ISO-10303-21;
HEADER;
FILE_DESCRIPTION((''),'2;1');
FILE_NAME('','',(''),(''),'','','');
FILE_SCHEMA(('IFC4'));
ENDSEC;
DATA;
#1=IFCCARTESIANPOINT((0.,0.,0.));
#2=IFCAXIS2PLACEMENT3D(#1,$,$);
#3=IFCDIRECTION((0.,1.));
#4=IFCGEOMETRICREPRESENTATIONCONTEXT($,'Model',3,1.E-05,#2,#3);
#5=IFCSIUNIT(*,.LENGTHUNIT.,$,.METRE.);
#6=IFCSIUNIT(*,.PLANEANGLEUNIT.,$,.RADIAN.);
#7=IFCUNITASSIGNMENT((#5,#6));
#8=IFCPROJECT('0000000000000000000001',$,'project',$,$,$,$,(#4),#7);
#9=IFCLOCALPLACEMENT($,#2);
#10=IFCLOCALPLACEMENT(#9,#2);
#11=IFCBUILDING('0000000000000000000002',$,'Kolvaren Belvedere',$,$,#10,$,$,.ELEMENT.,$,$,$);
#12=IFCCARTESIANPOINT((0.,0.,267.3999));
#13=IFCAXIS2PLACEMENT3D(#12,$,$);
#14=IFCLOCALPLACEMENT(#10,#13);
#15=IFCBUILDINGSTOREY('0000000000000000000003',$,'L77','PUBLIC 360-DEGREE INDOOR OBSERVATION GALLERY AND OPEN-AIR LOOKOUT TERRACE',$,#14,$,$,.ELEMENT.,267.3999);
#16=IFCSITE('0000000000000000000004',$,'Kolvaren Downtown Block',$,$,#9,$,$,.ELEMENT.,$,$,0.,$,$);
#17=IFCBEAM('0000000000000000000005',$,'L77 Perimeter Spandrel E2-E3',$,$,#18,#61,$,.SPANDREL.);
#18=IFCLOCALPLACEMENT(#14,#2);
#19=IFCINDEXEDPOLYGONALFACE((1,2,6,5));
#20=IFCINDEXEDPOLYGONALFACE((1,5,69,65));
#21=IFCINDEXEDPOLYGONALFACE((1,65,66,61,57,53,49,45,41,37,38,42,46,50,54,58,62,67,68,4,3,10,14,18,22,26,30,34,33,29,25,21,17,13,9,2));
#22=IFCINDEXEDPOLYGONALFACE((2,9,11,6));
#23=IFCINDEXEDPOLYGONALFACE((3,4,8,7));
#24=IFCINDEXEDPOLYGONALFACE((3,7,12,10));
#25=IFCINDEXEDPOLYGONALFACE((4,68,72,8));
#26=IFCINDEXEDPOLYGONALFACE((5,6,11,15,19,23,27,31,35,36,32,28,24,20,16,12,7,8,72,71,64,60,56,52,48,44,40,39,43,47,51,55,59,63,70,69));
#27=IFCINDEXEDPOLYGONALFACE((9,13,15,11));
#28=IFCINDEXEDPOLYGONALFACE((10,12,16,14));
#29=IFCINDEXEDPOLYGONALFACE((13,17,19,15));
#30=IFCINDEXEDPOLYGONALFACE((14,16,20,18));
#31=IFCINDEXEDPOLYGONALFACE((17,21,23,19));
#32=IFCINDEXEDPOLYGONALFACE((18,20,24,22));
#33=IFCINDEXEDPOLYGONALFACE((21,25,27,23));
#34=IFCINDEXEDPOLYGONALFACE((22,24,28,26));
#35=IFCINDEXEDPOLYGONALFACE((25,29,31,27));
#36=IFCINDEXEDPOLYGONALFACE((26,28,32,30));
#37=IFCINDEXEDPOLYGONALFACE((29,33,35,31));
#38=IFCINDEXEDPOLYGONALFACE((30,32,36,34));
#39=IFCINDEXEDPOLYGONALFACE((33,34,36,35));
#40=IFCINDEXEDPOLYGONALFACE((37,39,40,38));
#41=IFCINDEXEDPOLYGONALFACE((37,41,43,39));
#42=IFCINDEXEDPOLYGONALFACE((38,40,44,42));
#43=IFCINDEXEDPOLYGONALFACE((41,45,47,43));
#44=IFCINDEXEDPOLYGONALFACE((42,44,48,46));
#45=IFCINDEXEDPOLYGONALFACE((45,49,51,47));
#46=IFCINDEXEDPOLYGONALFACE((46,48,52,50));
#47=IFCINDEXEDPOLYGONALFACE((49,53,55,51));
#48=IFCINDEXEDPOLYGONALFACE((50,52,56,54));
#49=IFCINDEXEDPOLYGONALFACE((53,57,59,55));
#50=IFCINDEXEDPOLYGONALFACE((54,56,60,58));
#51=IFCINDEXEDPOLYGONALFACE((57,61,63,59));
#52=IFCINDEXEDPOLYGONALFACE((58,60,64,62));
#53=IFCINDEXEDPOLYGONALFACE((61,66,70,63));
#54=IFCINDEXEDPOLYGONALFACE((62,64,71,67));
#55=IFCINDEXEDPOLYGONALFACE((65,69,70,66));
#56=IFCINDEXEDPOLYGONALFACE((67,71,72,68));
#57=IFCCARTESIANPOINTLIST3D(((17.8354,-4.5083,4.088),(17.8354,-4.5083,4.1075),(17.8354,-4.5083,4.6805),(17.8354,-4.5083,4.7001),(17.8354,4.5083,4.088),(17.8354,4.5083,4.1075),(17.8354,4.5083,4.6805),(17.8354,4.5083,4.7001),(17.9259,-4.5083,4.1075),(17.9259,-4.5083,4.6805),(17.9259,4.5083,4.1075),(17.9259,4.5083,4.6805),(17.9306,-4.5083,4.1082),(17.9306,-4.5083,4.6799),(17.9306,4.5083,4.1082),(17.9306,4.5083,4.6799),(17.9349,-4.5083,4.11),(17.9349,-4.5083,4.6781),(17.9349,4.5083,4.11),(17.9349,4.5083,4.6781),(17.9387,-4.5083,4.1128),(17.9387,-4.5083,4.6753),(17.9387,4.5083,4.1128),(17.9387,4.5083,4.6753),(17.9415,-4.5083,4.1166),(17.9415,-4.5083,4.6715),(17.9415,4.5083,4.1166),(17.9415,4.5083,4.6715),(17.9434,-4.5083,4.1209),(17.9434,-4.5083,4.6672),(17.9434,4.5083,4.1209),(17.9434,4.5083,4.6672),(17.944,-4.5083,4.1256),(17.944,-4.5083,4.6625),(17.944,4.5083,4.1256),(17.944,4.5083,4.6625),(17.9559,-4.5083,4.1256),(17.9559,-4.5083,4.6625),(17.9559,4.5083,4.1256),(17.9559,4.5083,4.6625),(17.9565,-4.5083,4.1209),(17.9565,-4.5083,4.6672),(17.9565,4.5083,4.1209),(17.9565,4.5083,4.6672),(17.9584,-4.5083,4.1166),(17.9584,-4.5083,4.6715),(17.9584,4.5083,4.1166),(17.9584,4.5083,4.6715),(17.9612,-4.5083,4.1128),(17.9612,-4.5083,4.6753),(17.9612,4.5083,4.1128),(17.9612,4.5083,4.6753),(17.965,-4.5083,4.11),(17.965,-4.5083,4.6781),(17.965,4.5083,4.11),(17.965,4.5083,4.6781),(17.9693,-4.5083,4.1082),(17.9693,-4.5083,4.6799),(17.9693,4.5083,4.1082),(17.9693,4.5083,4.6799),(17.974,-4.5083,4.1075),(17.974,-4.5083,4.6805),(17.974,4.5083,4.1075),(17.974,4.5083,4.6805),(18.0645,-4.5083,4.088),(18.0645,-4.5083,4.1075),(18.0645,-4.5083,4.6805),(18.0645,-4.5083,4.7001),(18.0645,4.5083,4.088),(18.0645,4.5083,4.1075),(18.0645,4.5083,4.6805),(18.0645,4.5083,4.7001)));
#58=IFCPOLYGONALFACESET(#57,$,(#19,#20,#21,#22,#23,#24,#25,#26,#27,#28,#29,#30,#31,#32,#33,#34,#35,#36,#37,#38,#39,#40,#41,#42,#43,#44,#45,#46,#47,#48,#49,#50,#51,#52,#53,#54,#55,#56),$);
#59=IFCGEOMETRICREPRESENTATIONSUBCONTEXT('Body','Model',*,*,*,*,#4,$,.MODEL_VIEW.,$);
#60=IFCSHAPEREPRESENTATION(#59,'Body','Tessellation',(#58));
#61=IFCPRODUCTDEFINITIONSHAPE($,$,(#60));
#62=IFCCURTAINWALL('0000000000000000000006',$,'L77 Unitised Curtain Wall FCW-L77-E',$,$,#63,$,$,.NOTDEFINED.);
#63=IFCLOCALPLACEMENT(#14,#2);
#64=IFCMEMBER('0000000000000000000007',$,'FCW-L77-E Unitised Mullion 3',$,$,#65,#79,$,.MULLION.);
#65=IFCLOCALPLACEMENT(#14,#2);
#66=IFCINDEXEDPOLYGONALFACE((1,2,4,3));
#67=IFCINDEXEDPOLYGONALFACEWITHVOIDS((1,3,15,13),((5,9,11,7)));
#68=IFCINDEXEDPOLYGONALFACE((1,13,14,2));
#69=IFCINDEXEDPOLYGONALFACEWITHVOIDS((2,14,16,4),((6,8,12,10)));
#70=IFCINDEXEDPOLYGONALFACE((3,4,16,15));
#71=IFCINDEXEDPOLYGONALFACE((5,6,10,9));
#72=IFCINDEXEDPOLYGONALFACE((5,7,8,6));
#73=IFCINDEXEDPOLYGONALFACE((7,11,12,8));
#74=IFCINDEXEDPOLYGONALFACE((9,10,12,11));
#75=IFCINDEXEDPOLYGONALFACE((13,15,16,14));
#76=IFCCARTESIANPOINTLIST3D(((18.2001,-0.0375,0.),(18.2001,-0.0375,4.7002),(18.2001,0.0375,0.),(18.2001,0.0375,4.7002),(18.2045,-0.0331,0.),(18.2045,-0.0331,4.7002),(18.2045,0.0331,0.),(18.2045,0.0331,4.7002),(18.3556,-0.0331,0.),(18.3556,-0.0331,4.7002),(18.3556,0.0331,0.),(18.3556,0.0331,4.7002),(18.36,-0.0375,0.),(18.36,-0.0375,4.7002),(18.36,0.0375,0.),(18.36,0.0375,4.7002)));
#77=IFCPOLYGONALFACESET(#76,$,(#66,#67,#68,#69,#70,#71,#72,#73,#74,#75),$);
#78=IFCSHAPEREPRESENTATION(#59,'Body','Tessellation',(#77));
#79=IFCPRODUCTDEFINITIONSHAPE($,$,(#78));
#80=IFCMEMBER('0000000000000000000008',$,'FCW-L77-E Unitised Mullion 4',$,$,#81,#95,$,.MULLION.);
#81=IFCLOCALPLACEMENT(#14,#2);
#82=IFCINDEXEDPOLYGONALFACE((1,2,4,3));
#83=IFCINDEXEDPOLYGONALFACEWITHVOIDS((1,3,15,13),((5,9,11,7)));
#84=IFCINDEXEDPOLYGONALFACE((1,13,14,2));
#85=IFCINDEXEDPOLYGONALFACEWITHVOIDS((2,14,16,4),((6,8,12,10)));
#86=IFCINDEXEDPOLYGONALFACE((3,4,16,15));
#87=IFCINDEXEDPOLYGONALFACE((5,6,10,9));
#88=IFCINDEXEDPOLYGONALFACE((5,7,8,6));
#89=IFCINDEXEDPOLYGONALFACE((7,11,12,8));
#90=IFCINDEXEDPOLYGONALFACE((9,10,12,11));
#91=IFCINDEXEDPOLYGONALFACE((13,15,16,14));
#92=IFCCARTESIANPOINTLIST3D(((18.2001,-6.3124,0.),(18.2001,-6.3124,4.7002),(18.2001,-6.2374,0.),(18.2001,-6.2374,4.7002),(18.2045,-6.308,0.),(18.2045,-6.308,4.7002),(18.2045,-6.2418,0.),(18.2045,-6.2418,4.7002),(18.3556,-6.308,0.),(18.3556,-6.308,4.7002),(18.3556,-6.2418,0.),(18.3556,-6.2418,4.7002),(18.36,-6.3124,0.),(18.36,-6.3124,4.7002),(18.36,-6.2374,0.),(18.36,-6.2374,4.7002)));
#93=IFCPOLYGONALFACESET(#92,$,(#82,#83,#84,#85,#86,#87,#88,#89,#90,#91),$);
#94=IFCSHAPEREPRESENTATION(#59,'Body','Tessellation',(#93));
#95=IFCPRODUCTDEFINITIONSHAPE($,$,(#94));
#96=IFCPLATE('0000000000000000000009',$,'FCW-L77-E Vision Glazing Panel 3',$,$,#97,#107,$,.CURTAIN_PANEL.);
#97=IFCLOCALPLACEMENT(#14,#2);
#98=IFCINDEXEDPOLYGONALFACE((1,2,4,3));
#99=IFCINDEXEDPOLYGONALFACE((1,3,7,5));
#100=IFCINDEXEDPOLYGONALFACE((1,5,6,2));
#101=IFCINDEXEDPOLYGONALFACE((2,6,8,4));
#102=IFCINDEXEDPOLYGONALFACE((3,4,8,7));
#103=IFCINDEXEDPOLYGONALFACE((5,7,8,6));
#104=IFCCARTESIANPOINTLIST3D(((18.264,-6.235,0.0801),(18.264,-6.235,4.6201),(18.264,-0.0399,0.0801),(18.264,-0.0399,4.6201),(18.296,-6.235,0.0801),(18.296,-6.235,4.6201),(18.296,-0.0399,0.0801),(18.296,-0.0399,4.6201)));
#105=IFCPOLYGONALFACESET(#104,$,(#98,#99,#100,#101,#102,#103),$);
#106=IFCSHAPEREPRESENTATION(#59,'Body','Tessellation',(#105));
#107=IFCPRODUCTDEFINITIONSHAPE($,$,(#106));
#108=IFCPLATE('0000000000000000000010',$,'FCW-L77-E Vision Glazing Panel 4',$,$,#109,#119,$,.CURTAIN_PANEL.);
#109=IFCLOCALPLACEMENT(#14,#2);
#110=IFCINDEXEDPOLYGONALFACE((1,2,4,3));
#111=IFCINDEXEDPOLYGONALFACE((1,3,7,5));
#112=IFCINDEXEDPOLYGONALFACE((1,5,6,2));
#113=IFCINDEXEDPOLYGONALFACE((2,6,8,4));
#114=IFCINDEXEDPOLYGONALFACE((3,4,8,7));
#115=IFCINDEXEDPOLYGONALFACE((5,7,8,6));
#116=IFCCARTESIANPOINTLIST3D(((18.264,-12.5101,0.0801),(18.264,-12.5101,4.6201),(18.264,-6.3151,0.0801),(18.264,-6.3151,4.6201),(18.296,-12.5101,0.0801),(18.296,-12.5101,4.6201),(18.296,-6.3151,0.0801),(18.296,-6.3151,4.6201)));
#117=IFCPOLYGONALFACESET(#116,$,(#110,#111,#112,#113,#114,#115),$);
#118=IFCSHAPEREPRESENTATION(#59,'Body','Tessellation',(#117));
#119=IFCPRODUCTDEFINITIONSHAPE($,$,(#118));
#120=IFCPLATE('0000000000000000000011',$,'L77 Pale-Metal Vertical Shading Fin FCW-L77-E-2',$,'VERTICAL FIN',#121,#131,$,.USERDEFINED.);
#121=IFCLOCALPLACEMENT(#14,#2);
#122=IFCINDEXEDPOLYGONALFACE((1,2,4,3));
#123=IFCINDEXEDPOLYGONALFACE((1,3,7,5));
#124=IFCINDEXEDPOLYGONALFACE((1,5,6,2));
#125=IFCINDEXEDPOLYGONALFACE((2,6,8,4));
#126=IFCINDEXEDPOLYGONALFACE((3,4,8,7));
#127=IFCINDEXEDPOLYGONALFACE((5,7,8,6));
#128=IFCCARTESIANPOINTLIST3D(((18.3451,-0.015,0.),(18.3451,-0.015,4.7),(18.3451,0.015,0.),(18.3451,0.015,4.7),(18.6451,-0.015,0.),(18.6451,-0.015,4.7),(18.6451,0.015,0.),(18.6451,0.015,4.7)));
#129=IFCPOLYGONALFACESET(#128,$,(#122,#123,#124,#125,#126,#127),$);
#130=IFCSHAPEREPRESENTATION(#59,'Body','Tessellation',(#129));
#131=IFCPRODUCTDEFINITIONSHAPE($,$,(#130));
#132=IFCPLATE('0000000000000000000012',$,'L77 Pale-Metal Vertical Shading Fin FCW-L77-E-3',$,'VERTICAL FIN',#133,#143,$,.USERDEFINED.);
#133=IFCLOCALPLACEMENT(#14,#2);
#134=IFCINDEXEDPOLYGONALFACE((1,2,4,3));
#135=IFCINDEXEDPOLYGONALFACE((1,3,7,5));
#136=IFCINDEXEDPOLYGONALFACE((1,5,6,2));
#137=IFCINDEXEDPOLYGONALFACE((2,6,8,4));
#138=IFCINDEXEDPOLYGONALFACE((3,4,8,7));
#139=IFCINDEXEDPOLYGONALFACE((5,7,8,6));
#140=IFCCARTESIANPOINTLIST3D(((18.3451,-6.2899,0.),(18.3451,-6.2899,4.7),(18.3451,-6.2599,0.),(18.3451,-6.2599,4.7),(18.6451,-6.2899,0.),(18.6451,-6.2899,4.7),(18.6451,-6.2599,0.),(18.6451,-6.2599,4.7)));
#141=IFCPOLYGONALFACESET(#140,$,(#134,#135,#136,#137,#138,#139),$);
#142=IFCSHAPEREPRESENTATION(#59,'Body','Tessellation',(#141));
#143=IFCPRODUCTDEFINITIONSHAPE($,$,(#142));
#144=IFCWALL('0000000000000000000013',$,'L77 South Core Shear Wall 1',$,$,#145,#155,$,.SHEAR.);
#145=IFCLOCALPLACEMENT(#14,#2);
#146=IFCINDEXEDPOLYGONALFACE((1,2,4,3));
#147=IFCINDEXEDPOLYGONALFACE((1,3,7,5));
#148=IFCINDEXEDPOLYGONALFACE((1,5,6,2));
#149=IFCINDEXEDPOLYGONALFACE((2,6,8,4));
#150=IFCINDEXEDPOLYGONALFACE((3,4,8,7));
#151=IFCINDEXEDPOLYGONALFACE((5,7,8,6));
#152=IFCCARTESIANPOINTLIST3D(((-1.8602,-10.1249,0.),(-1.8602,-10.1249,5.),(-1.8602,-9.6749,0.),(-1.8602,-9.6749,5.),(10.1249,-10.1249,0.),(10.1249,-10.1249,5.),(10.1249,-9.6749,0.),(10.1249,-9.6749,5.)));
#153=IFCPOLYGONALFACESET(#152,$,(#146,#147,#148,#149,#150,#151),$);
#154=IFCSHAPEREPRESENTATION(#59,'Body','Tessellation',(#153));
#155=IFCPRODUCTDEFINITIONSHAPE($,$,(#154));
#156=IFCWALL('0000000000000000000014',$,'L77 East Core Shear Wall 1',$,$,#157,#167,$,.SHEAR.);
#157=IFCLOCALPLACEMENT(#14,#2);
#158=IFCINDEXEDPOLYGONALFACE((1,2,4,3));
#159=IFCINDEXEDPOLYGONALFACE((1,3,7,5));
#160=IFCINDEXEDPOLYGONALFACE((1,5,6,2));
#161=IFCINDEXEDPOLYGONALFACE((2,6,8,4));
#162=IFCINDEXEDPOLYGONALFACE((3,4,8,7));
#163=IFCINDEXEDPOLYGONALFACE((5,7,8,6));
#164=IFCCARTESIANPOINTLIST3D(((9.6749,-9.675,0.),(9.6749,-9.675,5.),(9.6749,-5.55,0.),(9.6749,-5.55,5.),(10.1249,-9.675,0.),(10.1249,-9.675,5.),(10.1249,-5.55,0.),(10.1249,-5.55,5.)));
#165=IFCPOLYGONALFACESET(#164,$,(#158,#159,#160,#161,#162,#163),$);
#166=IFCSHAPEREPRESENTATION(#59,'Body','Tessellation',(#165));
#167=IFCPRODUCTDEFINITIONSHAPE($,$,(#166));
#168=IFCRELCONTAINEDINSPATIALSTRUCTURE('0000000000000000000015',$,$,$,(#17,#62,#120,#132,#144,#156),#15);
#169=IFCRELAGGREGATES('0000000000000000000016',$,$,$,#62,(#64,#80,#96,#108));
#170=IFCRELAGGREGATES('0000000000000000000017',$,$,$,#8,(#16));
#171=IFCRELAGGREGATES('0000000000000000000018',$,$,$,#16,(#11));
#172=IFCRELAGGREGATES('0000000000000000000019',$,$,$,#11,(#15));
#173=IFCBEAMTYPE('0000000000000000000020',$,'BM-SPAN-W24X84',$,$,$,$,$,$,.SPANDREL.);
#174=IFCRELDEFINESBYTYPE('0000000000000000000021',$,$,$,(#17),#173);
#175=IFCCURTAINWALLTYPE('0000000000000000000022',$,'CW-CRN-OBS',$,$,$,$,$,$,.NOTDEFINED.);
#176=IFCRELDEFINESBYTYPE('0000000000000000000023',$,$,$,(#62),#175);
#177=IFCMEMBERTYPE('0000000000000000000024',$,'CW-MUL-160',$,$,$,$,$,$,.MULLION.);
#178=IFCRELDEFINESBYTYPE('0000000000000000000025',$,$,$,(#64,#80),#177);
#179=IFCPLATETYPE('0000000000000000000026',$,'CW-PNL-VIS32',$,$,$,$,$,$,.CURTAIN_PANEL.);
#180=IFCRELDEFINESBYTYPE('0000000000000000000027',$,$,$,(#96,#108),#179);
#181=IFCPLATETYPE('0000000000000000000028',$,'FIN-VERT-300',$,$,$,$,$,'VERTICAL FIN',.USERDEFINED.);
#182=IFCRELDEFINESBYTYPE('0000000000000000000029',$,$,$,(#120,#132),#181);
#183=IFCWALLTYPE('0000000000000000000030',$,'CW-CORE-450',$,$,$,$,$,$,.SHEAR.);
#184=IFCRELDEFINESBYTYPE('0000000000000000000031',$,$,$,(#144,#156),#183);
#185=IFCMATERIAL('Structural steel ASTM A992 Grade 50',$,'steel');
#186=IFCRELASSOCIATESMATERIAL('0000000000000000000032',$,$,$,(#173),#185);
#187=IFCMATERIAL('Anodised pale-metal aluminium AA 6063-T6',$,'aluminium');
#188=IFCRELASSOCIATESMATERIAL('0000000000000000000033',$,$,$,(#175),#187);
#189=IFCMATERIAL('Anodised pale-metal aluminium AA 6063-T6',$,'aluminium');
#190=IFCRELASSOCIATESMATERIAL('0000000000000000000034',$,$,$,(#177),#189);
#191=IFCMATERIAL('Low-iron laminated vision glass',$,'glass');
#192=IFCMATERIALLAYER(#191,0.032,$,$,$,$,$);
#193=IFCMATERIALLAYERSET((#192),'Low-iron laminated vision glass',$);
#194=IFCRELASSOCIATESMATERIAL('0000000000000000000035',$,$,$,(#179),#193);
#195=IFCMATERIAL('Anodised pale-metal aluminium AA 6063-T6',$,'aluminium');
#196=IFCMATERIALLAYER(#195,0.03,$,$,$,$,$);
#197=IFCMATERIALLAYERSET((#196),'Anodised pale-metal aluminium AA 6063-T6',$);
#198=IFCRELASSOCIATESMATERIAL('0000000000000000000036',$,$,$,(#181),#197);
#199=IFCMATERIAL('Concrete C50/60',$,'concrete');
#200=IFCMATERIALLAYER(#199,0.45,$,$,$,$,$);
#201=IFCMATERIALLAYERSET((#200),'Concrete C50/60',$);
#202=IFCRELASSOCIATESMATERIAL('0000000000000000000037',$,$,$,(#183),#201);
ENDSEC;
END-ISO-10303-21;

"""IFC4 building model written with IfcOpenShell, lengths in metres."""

from ifc_helpers import new_model, si_unit, direction, frame, frame_2d, origin, origin_2d, place, context, subcontext, project, spatial, rectangle, hollow_rectangle, i_section, extrude, material, layer, layer_set, material_profile, profile_set, type_object, element, aggregate, save


model = new_model("IFC4")

# Units and contexts
model_context = context("Model", 3, precision=1e-05, world=origin(), true_north=direction((0.0, 1.0)))
body_context = subcontext(model_context, "Body", "Model", "MODEL_VIEW")
ifc_project = project(units=[si_unit("LENGTHUNIT", "METRE"), si_unit("PLANEANGLEUNIT", "RADIAN")], contexts=[model_context])

# Site, building, storey
site_placement = place(None, origin())
site = spatial("IfcSite", under=ifc_project, at=site_placement, Name="Kolvaren Downtown Block", CompositionType="ELEMENT", RefElevation=0.0)
building_placement = place(site_placement, origin())
building = spatial("IfcBuilding", under=site, at=building_placement, Name="Kolvaren Belvedere", CompositionType="ELEMENT")
storey_placement = place(building_placement, frame((0.0, 0.0, 267.3999)))
storey = spatial("IfcBuildingStorey", under=building, at=storey_placement, Name="L77", Description="PUBLIC 360-DEGREE INDOOR OBSERVATION GALLERY AND OPEN-AIR LOOKOUT TERRACE", CompositionType="ELEMENT", Elevation=267.3999)

# Beam
ifc_material_1 = material(Name="Structural steel ASTM A992 Grade 50", Category="steel")
ifc_material_profile_1 = material_profile(ifc_material_1, i_section(OverallWidth=0.229, OverallDepth=0.6121, WebThickness=0.012, FlangeThickness=0.0195, FilletRadius=0.0181, at=origin_2d()), Name="W24X84")
ifc_profile_set_1 = profile_set([ifc_material_profile_1], Name="Structural steel ASTM A992 Grade 50")
beam_type_1 = type_object("IfcBeamType", Name="BM-SPAN-W24X84", PredefinedType="SPANDREL", material=ifc_profile_set_1)
beam_1_placement = place(storey_placement, frame((17.95, -4.5083, 4.394), z_axis=(0.0, 1.0, 0.0), x_axis=(-1.0, 0.0, 0.0)))
element("IfcBeam", 1, at=beam_1_placement, inside=storey, type_object=beam_type_1, Name="L77 Perimeter Spandrel E2-E3", PredefinedType="SPANDREL", context=body_context, shape_type="SweptSolid", body=[
    extrude(i_section(OverallWidth=0.229, OverallDepth=0.6121, WebThickness=0.012, FlangeThickness=0.0195, FilletRadius=0.0181, at=origin_2d()), origin(), (0.0, 0.0, 1.0), 9.0166),
])

# Curtain wall, members, plates
ifc_material_2 = material(Name="Anodised pale-metal aluminium AA 6063-T6", Category="aluminium")
curtain_wall_type = type_object("IfcCurtainWallType", Name="CW-CRN-OBS", PredefinedType="NOTDEFINED", material=ifc_material_2)
curtain_wall_placement = place(storey_placement, origin())
curtain_wall = element("IfcCurtainWall", 2, at=curtain_wall_placement, inside=storey, type_object=curtain_wall_type, Name="L77 Unitised Curtain Wall FCW-L77-E", PredefinedType="NOTDEFINED")
ifc_material_3 = material(Name="Anodised pale-metal aluminium AA 6063-T6", Category="aluminium")
ifc_material_profile_2 = material_profile(ifc_material_3, hollow_rectangle(XDim=0.075, YDim=0.1599, WallThickness=0.0044, at=origin_2d()), Name="ALU-MUL-160X75")
ifc_profile_set_2 = profile_set([ifc_material_profile_2], Name="Anodised pale-metal aluminium AA 6063-T6")
member_type = type_object("IfcMemberType", Name="CW-MUL-160", PredefinedType="MULLION", material=ifc_profile_set_2)
member_1_placement = place(storey_placement, frame((18.28, 0.0, 0.0), z_axis=(0.0, 0.0, 1.0), x_axis=(0.0, 1.0, 0.0)))
member_1 = element("IfcMember", 3, at=member_1_placement, type_object=member_type, Name="FCW-L77-E Unitised Mullion 3", PredefinedType="MULLION", context=body_context, shape_type="SweptSolid", body=[
    extrude(hollow_rectangle(XDim=0.075, YDim=0.1599, WallThickness=0.0044, at=origin_2d()), origin(), (0.0, 0.0, 1.0), 4.7002),
])
member_2_placement = place(storey_placement, frame((18.28, -6.2749, 0.0), z_axis=(0.0, 0.0, 1.0), x_axis=(0.0, 1.0, 0.0)))
member_2 = element("IfcMember", 4, at=member_2_placement, type_object=member_type, Name="FCW-L77-E Unitised Mullion 4", PredefinedType="MULLION", context=body_context, shape_type="SweptSolid", body=[
    extrude(hollow_rectangle(XDim=0.075, YDim=0.1599, WallThickness=0.0044, at=origin_2d()), origin(), (0.0, 0.0, 1.0), 4.7002),
])
ifc_material_4 = material(Name="Low-iron laminated vision glass", Category="glass")
ifc_layer_1 = layer(ifc_material_4, 0.032)
ifc_layer_set_1 = layer_set([ifc_layer_1], Name="Low-iron laminated vision glass")
plate_type_1 = type_object("IfcPlateType", Name="CW-PNL-VIS32", PredefinedType="CURTAIN_PANEL", material=ifc_layer_set_1)
plate_1_placement = place(storey_placement, frame((18.28, -3.1375, 0.0801), z_axis=(0.0, 0.0, 1.0), x_axis=(0.0, -1.0, 0.0)))
plate_1 = element("IfcPlate", 5, at=plate_1_placement, type_object=plate_type_1, Name="FCW-L77-E Vision Glazing Panel 3", PredefinedType="CURTAIN_PANEL", context=body_context, shape_type="SweptSolid", body=[
    extrude(rectangle(XDim=6.1951, YDim=0.032, at=origin_2d()), origin(), (0.0, 0.0, 1.0), 4.54),
])
plate_2_placement = place(storey_placement, frame((18.28, -9.4126, 0.0801), z_axis=(0.0, 0.0, 1.0), x_axis=(0.0, -1.0, 0.0)))
plate_2 = element("IfcPlate", 6, at=plate_2_placement, type_object=plate_type_1, Name="FCW-L77-E Vision Glazing Panel 4", PredefinedType="CURTAIN_PANEL", context=body_context, shape_type="SweptSolid", body=[
    extrude(rectangle(XDim=6.1951, YDim=0.032, at=origin_2d()), origin(), (0.0, 0.0, 1.0), 4.54),
])
aggregate(curtain_wall, [member_1, member_2, plate_1, plate_2])

# Plates
ifc_material_5 = material(Name="Anodised pale-metal aluminium AA 6063-T6", Category="aluminium")
ifc_layer_2 = layer(ifc_material_5, 0.03)
ifc_layer_set_2 = layer_set([ifc_layer_2], Name="Anodised pale-metal aluminium AA 6063-T6")
plate_type_2 = type_object("IfcPlateType", Name="FIN-VERT-300", ElementType="VERTICAL FIN", PredefinedType="USERDEFINED", material=ifc_layer_set_2)
for number, where, z_axis, x_axis, name in (
    (7, (18.4951, 0.0, 0.0), (0.0, 0.0, 1.0), (1.0, 0.0, 0.0), "L77 Pale-Metal Vertical Shading Fin FCW-L77-E-2"),
    (8, (18.4951, -6.2749, 0.0), (0.0, 0.0, 1.0), (1.0, 0.0, 0.0), "L77 Pale-Metal Vertical Shading Fin FCW-L77-E-3"),
):
    element("IfcPlate", number, at=place(storey_placement, frame(where, z_axis=z_axis, x_axis=x_axis)), inside=storey, type_object=plate_type_2, Name=name, ObjectType="VERTICAL FIN", PredefinedType="USERDEFINED", context=body_context, shape_type="SweptSolid", body=[
        extrude(rectangle(XDim=0.3, YDim=0.03, at=origin_2d()), origin(), (0.0, 0.0, 1.0), 4.7),
    ])

# Walls
ifc_material_6 = material(Name="Concrete C50/60", Category="concrete")
ifc_layer_3 = layer(ifc_material_6, 0.45)
ifc_layer_set_3 = layer_set([ifc_layer_3], Name="Concrete C50/60")
wall_type_1 = type_object("IfcWallType", Name="CW-CORE-450", PredefinedType="SHEAR", material=ifc_layer_set_3)
wall_1_placement = place(storey_placement, frame((10.125, -9.8999, 0.0), z_axis=(0.0, 0.0, 1.0), x_axis=(-1.0, 0.0, 0.0)))
element("IfcWall", 9, at=wall_1_placement, inside=storey, type_object=wall_type_1, Name="L77 South Core Shear Wall 1", PredefinedType="SHEAR", context=body_context, shape_type="SweptSolid", body=[
    extrude(rectangle(XDim=11.9851, YDim=0.45, at=frame_2d((5.9927, 0.0))), origin(), (0.0, 0.0, 1.0), 5.0),
])
wall_2_placement = place(storey_placement, frame((9.8999, -9.675, 0.0), z_axis=(0.0, 0.0, 1.0), x_axis=(0.0, 1.0, 0.0)))
element("IfcWall", 10, at=wall_2_placement, inside=storey, type_object=wall_type_1, Name="L77 East Core Shear Wall 1", PredefinedType="SHEAR", context=body_context, shape_type="SweptSolid", body=[
    extrude(rectangle(XDim=4.125, YDim=0.45, at=frame_2d((2.0625, 0.0))), origin(), (0.0, 0.0, 1.0), 5.0),
])

save(model, "model.ifc")
